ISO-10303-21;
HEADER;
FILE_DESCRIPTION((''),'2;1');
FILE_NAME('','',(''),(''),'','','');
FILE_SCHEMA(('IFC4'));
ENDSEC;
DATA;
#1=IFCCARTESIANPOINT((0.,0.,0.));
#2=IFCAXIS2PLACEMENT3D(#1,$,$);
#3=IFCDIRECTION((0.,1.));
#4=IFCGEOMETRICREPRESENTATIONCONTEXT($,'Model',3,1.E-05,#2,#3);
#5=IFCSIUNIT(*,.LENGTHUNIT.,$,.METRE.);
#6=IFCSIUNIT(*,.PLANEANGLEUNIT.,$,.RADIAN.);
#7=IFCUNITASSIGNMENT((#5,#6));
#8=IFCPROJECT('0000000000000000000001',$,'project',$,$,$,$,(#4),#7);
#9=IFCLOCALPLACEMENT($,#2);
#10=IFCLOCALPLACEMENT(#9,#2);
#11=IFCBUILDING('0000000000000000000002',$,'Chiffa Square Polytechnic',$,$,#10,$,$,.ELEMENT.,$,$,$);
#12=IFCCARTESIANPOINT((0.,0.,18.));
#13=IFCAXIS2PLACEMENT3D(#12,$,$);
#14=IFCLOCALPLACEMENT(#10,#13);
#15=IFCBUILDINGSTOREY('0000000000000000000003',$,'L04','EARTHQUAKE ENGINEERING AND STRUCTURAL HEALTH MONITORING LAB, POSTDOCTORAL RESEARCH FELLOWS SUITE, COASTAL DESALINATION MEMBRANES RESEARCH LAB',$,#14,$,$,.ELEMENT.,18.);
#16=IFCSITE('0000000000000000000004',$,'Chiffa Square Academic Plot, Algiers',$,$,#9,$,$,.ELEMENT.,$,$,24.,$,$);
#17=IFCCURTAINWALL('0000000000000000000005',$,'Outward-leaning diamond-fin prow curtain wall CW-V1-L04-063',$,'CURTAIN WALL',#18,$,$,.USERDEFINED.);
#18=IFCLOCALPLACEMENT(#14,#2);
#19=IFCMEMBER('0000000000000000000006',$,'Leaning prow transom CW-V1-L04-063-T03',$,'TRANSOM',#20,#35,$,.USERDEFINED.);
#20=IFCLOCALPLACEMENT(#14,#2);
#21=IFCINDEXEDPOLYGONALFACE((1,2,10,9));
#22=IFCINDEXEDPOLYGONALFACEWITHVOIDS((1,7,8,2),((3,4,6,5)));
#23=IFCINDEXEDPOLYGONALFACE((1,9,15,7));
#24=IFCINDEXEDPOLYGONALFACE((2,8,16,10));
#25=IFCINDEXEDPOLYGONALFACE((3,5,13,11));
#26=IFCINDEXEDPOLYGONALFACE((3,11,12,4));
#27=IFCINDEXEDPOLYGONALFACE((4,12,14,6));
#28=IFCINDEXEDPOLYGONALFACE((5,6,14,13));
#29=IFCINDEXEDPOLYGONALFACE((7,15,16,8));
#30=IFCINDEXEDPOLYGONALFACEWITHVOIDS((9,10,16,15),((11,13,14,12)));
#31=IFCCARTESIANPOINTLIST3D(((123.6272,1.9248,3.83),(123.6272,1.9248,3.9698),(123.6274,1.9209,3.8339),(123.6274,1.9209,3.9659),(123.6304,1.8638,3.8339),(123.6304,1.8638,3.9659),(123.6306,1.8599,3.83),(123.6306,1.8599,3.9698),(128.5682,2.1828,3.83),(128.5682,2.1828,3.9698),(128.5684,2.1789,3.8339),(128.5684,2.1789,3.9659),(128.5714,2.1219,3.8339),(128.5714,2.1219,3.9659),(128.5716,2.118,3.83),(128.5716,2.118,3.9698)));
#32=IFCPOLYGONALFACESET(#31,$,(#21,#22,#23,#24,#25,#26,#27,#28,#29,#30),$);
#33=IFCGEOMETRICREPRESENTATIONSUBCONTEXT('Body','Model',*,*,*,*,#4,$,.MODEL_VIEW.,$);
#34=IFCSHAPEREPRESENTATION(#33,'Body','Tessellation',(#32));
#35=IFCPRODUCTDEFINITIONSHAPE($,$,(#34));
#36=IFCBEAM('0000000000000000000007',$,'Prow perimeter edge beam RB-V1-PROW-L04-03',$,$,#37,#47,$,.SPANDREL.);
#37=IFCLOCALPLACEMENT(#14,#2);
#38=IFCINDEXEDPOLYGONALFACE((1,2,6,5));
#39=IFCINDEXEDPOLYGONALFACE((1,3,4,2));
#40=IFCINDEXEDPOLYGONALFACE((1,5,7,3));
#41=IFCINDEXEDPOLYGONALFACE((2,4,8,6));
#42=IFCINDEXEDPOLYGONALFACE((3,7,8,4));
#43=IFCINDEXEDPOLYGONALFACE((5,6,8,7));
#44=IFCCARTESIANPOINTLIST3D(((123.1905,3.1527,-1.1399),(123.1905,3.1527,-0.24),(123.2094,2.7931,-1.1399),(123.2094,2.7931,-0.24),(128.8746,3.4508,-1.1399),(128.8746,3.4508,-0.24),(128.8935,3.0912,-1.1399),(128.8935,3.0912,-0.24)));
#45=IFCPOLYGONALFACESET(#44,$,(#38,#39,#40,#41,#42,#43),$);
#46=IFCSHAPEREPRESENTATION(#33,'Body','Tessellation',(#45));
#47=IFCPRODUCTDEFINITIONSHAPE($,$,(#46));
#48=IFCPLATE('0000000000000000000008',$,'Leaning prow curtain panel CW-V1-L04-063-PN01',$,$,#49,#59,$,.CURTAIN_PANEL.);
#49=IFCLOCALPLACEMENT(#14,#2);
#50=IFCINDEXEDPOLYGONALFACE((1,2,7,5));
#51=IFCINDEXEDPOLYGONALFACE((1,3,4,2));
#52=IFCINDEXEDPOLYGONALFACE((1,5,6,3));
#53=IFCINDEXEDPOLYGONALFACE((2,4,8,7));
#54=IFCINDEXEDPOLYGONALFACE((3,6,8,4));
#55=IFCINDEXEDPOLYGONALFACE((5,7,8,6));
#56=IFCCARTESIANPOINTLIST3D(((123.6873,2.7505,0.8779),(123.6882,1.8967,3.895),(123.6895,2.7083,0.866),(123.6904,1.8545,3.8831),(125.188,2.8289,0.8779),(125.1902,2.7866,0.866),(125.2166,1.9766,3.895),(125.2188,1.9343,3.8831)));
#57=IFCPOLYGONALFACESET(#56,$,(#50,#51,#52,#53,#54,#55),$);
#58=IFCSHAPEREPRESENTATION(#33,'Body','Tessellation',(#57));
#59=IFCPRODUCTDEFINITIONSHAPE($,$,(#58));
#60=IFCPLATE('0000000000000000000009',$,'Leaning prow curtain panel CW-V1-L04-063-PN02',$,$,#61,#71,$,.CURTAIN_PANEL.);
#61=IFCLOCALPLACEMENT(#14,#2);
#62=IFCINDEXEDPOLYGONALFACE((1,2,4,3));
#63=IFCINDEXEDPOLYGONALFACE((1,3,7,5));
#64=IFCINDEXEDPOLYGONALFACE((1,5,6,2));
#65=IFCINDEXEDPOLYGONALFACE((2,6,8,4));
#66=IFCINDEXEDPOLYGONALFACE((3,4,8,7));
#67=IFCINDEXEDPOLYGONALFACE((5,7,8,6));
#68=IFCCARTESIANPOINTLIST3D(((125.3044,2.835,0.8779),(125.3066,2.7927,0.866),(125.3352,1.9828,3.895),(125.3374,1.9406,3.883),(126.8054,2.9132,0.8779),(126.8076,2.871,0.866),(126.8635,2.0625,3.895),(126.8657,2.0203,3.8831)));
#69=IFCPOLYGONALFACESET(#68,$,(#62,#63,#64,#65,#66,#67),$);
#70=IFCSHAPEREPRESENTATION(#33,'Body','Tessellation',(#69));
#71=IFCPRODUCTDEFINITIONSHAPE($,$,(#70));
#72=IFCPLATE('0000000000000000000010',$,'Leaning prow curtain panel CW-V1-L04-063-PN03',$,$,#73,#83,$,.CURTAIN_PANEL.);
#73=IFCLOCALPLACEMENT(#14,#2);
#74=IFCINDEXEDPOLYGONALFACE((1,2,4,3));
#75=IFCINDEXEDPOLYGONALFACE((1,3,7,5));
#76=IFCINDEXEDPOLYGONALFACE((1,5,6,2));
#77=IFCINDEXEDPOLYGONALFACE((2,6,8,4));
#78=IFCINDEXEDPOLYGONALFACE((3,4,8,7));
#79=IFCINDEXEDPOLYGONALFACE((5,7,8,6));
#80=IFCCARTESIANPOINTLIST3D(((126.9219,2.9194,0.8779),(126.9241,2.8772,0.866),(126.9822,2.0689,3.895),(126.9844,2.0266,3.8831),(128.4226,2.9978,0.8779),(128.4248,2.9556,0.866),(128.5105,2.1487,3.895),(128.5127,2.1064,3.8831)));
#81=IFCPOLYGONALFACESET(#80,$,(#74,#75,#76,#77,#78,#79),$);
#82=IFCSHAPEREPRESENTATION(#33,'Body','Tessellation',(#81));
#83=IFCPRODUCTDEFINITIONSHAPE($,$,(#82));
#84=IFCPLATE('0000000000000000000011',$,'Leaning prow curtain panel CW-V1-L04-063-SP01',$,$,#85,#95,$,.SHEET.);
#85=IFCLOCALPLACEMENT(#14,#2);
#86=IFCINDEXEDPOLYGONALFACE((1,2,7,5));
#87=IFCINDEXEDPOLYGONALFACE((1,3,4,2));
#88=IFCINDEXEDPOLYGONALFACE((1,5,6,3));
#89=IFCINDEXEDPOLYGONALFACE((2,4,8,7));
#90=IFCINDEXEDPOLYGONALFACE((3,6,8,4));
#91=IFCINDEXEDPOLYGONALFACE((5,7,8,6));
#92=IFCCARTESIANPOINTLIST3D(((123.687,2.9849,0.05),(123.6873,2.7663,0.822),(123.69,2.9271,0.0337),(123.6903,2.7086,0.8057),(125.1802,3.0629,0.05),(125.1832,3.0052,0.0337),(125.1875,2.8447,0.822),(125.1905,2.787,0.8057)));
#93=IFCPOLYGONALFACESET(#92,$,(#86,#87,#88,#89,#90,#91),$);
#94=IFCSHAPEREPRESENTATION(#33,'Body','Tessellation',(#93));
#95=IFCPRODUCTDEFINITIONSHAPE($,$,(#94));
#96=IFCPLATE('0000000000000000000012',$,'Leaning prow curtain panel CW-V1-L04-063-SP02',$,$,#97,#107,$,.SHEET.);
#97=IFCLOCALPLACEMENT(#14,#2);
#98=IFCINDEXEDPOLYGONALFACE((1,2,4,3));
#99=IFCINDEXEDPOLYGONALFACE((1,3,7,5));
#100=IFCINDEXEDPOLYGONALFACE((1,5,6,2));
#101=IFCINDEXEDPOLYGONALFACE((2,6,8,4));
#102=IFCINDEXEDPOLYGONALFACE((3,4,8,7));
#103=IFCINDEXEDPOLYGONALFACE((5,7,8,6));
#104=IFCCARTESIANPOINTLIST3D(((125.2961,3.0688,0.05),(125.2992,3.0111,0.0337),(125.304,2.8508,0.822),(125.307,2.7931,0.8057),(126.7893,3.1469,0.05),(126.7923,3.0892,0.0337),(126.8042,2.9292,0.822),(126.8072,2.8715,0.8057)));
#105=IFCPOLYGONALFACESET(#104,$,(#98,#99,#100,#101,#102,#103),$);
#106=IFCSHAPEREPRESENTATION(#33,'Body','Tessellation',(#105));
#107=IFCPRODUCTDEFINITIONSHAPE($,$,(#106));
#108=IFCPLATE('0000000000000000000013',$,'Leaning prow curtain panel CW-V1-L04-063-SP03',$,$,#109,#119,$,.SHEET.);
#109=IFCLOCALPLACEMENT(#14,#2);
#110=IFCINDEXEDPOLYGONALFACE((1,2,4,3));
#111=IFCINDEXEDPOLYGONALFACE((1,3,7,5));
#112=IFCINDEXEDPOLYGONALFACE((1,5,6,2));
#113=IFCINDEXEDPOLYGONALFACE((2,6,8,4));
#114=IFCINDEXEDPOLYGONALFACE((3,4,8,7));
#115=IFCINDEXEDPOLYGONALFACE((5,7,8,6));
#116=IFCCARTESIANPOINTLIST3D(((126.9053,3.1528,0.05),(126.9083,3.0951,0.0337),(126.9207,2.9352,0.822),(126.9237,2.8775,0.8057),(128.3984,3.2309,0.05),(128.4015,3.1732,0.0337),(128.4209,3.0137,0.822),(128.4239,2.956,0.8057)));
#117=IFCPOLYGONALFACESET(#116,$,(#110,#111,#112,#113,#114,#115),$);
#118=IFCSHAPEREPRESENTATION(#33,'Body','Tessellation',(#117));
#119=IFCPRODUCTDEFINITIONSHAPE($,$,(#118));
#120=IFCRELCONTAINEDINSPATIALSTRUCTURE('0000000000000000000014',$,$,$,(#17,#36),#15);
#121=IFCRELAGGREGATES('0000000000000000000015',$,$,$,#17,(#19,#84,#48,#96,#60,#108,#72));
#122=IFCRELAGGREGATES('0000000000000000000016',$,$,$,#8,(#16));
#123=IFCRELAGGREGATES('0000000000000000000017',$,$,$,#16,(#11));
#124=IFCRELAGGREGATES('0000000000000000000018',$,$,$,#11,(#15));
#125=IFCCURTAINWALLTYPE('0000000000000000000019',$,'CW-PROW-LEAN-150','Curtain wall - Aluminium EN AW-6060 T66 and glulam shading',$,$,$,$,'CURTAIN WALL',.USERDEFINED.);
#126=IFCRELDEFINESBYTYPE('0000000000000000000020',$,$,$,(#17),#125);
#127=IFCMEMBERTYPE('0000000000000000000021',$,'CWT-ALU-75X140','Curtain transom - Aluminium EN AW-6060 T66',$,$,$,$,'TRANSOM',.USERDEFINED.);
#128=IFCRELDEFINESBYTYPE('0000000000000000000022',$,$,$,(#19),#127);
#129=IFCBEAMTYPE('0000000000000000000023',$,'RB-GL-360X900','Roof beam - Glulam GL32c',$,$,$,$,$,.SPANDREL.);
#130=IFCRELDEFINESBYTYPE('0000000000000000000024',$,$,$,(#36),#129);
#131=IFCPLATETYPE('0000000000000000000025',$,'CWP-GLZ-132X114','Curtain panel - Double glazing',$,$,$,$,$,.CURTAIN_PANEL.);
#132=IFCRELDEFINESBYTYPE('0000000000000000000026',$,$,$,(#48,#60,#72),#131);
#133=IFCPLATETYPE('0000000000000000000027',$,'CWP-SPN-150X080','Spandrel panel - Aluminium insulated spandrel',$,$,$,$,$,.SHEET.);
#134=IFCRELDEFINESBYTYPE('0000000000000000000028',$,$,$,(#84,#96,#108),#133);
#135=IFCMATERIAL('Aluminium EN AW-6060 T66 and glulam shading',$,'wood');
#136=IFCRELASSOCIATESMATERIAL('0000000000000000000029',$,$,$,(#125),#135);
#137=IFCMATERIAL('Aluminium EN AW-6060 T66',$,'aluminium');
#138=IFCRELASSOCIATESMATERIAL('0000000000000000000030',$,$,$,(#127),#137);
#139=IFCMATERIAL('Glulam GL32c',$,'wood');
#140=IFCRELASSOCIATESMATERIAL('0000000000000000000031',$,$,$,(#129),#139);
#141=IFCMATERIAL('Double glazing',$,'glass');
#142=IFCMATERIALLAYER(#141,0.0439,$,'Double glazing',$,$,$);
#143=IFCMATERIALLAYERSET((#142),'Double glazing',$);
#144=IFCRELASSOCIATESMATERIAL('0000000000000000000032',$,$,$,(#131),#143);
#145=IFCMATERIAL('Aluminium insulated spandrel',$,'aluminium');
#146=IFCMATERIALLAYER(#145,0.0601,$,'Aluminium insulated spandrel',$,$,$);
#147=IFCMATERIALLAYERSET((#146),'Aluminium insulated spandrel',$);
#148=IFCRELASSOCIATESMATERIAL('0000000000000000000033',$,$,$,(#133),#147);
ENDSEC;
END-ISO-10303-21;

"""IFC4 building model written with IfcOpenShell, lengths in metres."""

from ifc_helpers import new_model, si_unit, direction, frame, origin, origin_2d, place, context, subcontext, project, spatial, polyline, rectangle, hollow_rectangle, outline, extrude, material, layer, layer_set, material_profile, profile_set, type_object, element, aggregate, save


model = new_model("IFC4")

# Units and contexts
model_context = context("Model", 3, precision=1e-05, world=origin(), true_north=direction((0.0, 1.0)))
body_context = subcontext(model_context, "Body", "Model", "MODEL_VIEW")
ifc_project = project(units=[si_unit("LENGTHUNIT", "METRE"), si_unit("PLANEANGLEUNIT", "RADIAN")], contexts=[model_context])

# Site, building, storey
site_placement = place(None, origin())
site = spatial("IfcSite", under=ifc_project, at=site_placement, Name="Chiffa Square Academic Plot, Algiers", CompositionType="ELEMENT", RefElevation=24.0)
building_placement = place(site_placement, origin())
building = spatial("IfcBuilding", under=site, at=building_placement, Name="Chiffa Square Polytechnic", CompositionType="ELEMENT")
storey_placement = place(building_placement, frame((0.0, 0.0, 18.0)))
storey = spatial("IfcBuildingStorey", under=building, at=storey_placement, Name="L04", Description="EARTHQUAKE ENGINEERING AND STRUCTURAL HEALTH MONITORING LAB, POSTDOCTORAL RESEARCH FELLOWS SUITE, COASTAL DESALINATION MEMBRANES RESEARCH LAB", CompositionType="ELEMENT", Elevation=18.0)

# Shared definitions
ifc_material_1 = material(Name="Glulam GL32c", Category="wood")

# Shared definitions
ifc_material_2 = material(Name="Aluminium EN AW-6060 T66 and glulam shading", Category="wood")
ifc_material_3 = material(Name="Aluminium EN AW-6060 T66", Category="aluminium")

# Curtain wall
curtain_wall_type_1 = type_object("IfcCurtainWallType", Name="CW-PROW-LEAN-150", Description="Curtain wall - Aluminium EN AW-6060 T66 and glulam shading", ElementType="CURTAIN WALL", PredefinedType="USERDEFINED", material=ifc_material_2)
curtain_wall_1_placement = place(storey_placement, origin())
curtain_wall_1 = element("IfcCurtainWall", 1, at=curtain_wall_1_placement, inside=storey, type_object=curtain_wall_type_1, Name="Outward-leaning diamond-fin prow curtain wall CW-V1-L04-063", ObjectType="CURTAIN WALL", PredefinedType="USERDEFINED")

# Member
ifc_material_profile_1 = material_profile(ifc_material_3, hollow_rectangle(XDim=0.0649, YDim=0.1399, WallThickness=0.0039, at=origin_2d()), Name="ALU 65x140x4")
ifc_profile_set_1 = profile_set([ifc_material_profile_1], Name="Aluminium EN AW-6060 T66")
member_type_1 = type_object("IfcMemberType", Name="CWT-ALU-75X140", Description="Curtain transom - Aluminium EN AW-6060 T66", ElementType="TRANSOM", PredefinedType="USERDEFINED", material=ifc_profile_set_1)
member_1_placement = place(storey_placement, frame((123.6289, 1.8923, 3.8999), z_axis=(0.998639, 0.052157, 0.0), x_axis=(-0.052157, 0.998639, 0.0)))
member_1 = element("IfcMember", 2, at=member_1_placement, type_object=member_type_1, Name="Leaning prow transom CW-V1-L04-063-T03", ObjectType="TRANSOM", PredefinedType="USERDEFINED", context=body_context, shape_type="SweptSolid", body=[
    extrude(hollow_rectangle(XDim=0.0649, YDim=0.1399, WallThickness=0.0039, at=origin_2d()), origin(), (0.0, 0.0, 1.0), 4.9478),
])

# Beam
ifc_material_profile_2 = material_profile(ifc_material_1, rectangle(XDim=0.3601, YDim=0.8999, at=origin_2d()), Name="GL32c 360x900")
ifc_profile_set_2 = profile_set([ifc_material_profile_2], Name="Glulam GL32c")
beam_type_1 = type_object("IfcBeamType", Name="RB-GL-360X900", Description="Roof beam - Glulam GL32c", PredefinedType="SPANDREL", material=ifc_profile_set_2)
beam_1_placement = place(storey_placement, frame((123.2, 2.9729, -0.6899), z_axis=(0.998628, 0.052372, 0.0), x_axis=(-0.052372, 0.998628, 0.0)))
element("IfcBeam", 3, at=beam_1_placement, inside=storey, type_object=beam_type_1, Name="Prow perimeter edge beam RB-V1-PROW-L04-03", PredefinedType="SPANDREL", context=body_context, shape_type="SweptSolid", body=[
    extrude(rectangle(XDim=0.3601, YDim=0.8999, at=origin_2d()), origin(), (0.0, 0.0, 1.0), 5.6919),
])

# Plates
ifc_material_4 = material(Name="Double glazing", Category="glass")
ifc_layer_1 = layer(ifc_material_4, 0.0439, Name="Double glazing")
ifc_layer_set_1 = layer_set([ifc_layer_1], Name="Double glazing")
plate_type_1 = type_object("IfcPlateType", Name="CWP-GLZ-132X114", Description="Curtain panel - Double glazing", PredefinedType="CURTAIN_PANEL", material=ifc_layer_set_1)
plate_1_placement = place(storey_placement, frame((123.6873, 2.7505, 0.8779), z_axis=(-0.050192, 0.961001, 0.271951), x_axis=(0.998639, 0.052157, 0.000002)))
plate_1 = element("IfcPlate", 4, at=plate_1_placement, type_object=plate_type_1, Name="Leaning prow curtain panel CW-V1-L04-063-PN01", PredefinedType="CURTAIN_PANEL", context=body_context, shape_type="SweptSolid", body=[
    extrude(outline(polyline([(0.0, 0.0), (1.5028, 0.0), (1.4869, -3.1353), (-0.0435, -3.1353), (0.0, 0.0)])), origin(), (0.0, 0.0, -1.0), 0.0439),
])
plate_2_placement = place(storey_placement, frame((125.3044, 2.835, 0.8779), z_axis=(-0.050111, 0.961009, 0.27194), x_axis=(0.998643, 0.052078, -0.000018)))
plate_2 = element("IfcPlate", 5, at=plate_2_placement, type_object=plate_type_1, Name="Leaning prow curtain panel CW-V1-L04-063-PN02", PredefinedType="CURTAIN_PANEL", context=body_context, shape_type="SweptSolid", body=[
    extrude(outline(polyline([(0.0, 0.0), (1.503, 0.0), (1.5167, -3.1353), (-0.0137, -3.1352), (0.0, 0.0)])), origin(), (0.0, 0.0, -1.0), 0.0439),
])
plate_3_placement = place(storey_placement, frame((126.9219, 2.9194, 0.8779), z_axis=(-0.050192, 0.961007, 0.271929), x_axis=(0.998639, 0.052157, 0.000002)))
plate_3 = element("IfcPlate", 6, at=plate_3_placement, type_object=plate_type_1, Name="Leaning prow curtain panel CW-V1-L04-063-PN03", PredefinedType="CURTAIN_PANEL", context=body_context, shape_type="SweptSolid", body=[
    extrude(outline(polyline([(0.0, 0.0), (1.5028, 0.0), (1.5463, -3.1352), (0.0159, -3.1352), (0.0, 0.0)])), origin(), (0.0, 0.0, -1.0), 0.0439),
])
ifc_material_5 = material(Name="Aluminium insulated spandrel", Category="aluminium")
ifc_layer_2 = layer(ifc_material_5, 0.0601, Name="Aluminium insulated spandrel")
ifc_layer_set_2 = layer_set([ifc_layer_2], Name="Aluminium insulated spandrel")
plate_type_2 = type_object("IfcPlateType", Name="CWP-SPN-150X080", Description="Spandrel panel - Aluminium insulated spandrel", PredefinedType="SHEET", material=ifc_layer_set_2)
plate_4_placement = place(storey_placement, frame((123.687, 2.9849, 0.05), z_axis=(-0.050239, 0.960959, 0.272092), x_axis=(0.998636, 0.052211, -0.000011)))
plate_4 = element("IfcPlate", 7, at=plate_4_placement, type_object=plate_type_2, Name="Leaning prow curtain panel CW-V1-L04-063-SP01", PredefinedType="SHEET", context=body_context, shape_type="SweptSolid", body=[
    extrude(outline(polyline([(0.0, 0.0), (1.4952, 0.0), (1.4911, -0.8023), (-0.0112, -0.8022), (0.0, 0.0)])), origin(), (0.0, 0.0, -1.0), 0.0601),
])
plate_5_placement = place(storey_placement, frame((125.2961, 3.0688, 0.05), z_axis=(-0.05024, 0.960989, 0.271986), x_axis=(0.998636, 0.052211, -0.000011)))
plate_5 = element("IfcPlate", 8, at=plate_5_placement, type_object=plate_type_2, Name="Leaning prow curtain panel CW-V1-L04-063-SP02", PredefinedType="SHEET", context=body_context, shape_type="SweptSolid", body=[
    extrude(outline(polyline([(0.0, 0.0), (1.4952, 0.0), (1.4987, -0.8022), (-0.0036, -0.8022), (0.0, 0.0)])), origin(), (0.0, 0.0, -1.0), 0.0601),
])
plate_6_placement = place(storey_placement, frame((126.9053, 3.1528, 0.05), z_axis=(-0.050242, 0.961019, 0.271879), x_axis=(0.998636, 0.052211, -0.000011)))
plate_6 = element("IfcPlate", 9, at=plate_6_placement, type_object=plate_type_2, Name="Leaning prow curtain panel CW-V1-L04-063-SP03", PredefinedType="SHEET", context=body_context, shape_type="SweptSolid", body=[
    extrude(outline(polyline([(0.0, 0.0), (1.4952, 0.0), (1.5063, -0.8022), (0.004, -0.8022), (0.0, 0.0)])), origin(), (0.0, 0.0, -1.0), 0.0601),
])
aggregate(curtain_wall_1, [member_1, plate_4, plate_1, plate_5, plate_2, plate_6, plate_3])

save(model, "model.ifc")
